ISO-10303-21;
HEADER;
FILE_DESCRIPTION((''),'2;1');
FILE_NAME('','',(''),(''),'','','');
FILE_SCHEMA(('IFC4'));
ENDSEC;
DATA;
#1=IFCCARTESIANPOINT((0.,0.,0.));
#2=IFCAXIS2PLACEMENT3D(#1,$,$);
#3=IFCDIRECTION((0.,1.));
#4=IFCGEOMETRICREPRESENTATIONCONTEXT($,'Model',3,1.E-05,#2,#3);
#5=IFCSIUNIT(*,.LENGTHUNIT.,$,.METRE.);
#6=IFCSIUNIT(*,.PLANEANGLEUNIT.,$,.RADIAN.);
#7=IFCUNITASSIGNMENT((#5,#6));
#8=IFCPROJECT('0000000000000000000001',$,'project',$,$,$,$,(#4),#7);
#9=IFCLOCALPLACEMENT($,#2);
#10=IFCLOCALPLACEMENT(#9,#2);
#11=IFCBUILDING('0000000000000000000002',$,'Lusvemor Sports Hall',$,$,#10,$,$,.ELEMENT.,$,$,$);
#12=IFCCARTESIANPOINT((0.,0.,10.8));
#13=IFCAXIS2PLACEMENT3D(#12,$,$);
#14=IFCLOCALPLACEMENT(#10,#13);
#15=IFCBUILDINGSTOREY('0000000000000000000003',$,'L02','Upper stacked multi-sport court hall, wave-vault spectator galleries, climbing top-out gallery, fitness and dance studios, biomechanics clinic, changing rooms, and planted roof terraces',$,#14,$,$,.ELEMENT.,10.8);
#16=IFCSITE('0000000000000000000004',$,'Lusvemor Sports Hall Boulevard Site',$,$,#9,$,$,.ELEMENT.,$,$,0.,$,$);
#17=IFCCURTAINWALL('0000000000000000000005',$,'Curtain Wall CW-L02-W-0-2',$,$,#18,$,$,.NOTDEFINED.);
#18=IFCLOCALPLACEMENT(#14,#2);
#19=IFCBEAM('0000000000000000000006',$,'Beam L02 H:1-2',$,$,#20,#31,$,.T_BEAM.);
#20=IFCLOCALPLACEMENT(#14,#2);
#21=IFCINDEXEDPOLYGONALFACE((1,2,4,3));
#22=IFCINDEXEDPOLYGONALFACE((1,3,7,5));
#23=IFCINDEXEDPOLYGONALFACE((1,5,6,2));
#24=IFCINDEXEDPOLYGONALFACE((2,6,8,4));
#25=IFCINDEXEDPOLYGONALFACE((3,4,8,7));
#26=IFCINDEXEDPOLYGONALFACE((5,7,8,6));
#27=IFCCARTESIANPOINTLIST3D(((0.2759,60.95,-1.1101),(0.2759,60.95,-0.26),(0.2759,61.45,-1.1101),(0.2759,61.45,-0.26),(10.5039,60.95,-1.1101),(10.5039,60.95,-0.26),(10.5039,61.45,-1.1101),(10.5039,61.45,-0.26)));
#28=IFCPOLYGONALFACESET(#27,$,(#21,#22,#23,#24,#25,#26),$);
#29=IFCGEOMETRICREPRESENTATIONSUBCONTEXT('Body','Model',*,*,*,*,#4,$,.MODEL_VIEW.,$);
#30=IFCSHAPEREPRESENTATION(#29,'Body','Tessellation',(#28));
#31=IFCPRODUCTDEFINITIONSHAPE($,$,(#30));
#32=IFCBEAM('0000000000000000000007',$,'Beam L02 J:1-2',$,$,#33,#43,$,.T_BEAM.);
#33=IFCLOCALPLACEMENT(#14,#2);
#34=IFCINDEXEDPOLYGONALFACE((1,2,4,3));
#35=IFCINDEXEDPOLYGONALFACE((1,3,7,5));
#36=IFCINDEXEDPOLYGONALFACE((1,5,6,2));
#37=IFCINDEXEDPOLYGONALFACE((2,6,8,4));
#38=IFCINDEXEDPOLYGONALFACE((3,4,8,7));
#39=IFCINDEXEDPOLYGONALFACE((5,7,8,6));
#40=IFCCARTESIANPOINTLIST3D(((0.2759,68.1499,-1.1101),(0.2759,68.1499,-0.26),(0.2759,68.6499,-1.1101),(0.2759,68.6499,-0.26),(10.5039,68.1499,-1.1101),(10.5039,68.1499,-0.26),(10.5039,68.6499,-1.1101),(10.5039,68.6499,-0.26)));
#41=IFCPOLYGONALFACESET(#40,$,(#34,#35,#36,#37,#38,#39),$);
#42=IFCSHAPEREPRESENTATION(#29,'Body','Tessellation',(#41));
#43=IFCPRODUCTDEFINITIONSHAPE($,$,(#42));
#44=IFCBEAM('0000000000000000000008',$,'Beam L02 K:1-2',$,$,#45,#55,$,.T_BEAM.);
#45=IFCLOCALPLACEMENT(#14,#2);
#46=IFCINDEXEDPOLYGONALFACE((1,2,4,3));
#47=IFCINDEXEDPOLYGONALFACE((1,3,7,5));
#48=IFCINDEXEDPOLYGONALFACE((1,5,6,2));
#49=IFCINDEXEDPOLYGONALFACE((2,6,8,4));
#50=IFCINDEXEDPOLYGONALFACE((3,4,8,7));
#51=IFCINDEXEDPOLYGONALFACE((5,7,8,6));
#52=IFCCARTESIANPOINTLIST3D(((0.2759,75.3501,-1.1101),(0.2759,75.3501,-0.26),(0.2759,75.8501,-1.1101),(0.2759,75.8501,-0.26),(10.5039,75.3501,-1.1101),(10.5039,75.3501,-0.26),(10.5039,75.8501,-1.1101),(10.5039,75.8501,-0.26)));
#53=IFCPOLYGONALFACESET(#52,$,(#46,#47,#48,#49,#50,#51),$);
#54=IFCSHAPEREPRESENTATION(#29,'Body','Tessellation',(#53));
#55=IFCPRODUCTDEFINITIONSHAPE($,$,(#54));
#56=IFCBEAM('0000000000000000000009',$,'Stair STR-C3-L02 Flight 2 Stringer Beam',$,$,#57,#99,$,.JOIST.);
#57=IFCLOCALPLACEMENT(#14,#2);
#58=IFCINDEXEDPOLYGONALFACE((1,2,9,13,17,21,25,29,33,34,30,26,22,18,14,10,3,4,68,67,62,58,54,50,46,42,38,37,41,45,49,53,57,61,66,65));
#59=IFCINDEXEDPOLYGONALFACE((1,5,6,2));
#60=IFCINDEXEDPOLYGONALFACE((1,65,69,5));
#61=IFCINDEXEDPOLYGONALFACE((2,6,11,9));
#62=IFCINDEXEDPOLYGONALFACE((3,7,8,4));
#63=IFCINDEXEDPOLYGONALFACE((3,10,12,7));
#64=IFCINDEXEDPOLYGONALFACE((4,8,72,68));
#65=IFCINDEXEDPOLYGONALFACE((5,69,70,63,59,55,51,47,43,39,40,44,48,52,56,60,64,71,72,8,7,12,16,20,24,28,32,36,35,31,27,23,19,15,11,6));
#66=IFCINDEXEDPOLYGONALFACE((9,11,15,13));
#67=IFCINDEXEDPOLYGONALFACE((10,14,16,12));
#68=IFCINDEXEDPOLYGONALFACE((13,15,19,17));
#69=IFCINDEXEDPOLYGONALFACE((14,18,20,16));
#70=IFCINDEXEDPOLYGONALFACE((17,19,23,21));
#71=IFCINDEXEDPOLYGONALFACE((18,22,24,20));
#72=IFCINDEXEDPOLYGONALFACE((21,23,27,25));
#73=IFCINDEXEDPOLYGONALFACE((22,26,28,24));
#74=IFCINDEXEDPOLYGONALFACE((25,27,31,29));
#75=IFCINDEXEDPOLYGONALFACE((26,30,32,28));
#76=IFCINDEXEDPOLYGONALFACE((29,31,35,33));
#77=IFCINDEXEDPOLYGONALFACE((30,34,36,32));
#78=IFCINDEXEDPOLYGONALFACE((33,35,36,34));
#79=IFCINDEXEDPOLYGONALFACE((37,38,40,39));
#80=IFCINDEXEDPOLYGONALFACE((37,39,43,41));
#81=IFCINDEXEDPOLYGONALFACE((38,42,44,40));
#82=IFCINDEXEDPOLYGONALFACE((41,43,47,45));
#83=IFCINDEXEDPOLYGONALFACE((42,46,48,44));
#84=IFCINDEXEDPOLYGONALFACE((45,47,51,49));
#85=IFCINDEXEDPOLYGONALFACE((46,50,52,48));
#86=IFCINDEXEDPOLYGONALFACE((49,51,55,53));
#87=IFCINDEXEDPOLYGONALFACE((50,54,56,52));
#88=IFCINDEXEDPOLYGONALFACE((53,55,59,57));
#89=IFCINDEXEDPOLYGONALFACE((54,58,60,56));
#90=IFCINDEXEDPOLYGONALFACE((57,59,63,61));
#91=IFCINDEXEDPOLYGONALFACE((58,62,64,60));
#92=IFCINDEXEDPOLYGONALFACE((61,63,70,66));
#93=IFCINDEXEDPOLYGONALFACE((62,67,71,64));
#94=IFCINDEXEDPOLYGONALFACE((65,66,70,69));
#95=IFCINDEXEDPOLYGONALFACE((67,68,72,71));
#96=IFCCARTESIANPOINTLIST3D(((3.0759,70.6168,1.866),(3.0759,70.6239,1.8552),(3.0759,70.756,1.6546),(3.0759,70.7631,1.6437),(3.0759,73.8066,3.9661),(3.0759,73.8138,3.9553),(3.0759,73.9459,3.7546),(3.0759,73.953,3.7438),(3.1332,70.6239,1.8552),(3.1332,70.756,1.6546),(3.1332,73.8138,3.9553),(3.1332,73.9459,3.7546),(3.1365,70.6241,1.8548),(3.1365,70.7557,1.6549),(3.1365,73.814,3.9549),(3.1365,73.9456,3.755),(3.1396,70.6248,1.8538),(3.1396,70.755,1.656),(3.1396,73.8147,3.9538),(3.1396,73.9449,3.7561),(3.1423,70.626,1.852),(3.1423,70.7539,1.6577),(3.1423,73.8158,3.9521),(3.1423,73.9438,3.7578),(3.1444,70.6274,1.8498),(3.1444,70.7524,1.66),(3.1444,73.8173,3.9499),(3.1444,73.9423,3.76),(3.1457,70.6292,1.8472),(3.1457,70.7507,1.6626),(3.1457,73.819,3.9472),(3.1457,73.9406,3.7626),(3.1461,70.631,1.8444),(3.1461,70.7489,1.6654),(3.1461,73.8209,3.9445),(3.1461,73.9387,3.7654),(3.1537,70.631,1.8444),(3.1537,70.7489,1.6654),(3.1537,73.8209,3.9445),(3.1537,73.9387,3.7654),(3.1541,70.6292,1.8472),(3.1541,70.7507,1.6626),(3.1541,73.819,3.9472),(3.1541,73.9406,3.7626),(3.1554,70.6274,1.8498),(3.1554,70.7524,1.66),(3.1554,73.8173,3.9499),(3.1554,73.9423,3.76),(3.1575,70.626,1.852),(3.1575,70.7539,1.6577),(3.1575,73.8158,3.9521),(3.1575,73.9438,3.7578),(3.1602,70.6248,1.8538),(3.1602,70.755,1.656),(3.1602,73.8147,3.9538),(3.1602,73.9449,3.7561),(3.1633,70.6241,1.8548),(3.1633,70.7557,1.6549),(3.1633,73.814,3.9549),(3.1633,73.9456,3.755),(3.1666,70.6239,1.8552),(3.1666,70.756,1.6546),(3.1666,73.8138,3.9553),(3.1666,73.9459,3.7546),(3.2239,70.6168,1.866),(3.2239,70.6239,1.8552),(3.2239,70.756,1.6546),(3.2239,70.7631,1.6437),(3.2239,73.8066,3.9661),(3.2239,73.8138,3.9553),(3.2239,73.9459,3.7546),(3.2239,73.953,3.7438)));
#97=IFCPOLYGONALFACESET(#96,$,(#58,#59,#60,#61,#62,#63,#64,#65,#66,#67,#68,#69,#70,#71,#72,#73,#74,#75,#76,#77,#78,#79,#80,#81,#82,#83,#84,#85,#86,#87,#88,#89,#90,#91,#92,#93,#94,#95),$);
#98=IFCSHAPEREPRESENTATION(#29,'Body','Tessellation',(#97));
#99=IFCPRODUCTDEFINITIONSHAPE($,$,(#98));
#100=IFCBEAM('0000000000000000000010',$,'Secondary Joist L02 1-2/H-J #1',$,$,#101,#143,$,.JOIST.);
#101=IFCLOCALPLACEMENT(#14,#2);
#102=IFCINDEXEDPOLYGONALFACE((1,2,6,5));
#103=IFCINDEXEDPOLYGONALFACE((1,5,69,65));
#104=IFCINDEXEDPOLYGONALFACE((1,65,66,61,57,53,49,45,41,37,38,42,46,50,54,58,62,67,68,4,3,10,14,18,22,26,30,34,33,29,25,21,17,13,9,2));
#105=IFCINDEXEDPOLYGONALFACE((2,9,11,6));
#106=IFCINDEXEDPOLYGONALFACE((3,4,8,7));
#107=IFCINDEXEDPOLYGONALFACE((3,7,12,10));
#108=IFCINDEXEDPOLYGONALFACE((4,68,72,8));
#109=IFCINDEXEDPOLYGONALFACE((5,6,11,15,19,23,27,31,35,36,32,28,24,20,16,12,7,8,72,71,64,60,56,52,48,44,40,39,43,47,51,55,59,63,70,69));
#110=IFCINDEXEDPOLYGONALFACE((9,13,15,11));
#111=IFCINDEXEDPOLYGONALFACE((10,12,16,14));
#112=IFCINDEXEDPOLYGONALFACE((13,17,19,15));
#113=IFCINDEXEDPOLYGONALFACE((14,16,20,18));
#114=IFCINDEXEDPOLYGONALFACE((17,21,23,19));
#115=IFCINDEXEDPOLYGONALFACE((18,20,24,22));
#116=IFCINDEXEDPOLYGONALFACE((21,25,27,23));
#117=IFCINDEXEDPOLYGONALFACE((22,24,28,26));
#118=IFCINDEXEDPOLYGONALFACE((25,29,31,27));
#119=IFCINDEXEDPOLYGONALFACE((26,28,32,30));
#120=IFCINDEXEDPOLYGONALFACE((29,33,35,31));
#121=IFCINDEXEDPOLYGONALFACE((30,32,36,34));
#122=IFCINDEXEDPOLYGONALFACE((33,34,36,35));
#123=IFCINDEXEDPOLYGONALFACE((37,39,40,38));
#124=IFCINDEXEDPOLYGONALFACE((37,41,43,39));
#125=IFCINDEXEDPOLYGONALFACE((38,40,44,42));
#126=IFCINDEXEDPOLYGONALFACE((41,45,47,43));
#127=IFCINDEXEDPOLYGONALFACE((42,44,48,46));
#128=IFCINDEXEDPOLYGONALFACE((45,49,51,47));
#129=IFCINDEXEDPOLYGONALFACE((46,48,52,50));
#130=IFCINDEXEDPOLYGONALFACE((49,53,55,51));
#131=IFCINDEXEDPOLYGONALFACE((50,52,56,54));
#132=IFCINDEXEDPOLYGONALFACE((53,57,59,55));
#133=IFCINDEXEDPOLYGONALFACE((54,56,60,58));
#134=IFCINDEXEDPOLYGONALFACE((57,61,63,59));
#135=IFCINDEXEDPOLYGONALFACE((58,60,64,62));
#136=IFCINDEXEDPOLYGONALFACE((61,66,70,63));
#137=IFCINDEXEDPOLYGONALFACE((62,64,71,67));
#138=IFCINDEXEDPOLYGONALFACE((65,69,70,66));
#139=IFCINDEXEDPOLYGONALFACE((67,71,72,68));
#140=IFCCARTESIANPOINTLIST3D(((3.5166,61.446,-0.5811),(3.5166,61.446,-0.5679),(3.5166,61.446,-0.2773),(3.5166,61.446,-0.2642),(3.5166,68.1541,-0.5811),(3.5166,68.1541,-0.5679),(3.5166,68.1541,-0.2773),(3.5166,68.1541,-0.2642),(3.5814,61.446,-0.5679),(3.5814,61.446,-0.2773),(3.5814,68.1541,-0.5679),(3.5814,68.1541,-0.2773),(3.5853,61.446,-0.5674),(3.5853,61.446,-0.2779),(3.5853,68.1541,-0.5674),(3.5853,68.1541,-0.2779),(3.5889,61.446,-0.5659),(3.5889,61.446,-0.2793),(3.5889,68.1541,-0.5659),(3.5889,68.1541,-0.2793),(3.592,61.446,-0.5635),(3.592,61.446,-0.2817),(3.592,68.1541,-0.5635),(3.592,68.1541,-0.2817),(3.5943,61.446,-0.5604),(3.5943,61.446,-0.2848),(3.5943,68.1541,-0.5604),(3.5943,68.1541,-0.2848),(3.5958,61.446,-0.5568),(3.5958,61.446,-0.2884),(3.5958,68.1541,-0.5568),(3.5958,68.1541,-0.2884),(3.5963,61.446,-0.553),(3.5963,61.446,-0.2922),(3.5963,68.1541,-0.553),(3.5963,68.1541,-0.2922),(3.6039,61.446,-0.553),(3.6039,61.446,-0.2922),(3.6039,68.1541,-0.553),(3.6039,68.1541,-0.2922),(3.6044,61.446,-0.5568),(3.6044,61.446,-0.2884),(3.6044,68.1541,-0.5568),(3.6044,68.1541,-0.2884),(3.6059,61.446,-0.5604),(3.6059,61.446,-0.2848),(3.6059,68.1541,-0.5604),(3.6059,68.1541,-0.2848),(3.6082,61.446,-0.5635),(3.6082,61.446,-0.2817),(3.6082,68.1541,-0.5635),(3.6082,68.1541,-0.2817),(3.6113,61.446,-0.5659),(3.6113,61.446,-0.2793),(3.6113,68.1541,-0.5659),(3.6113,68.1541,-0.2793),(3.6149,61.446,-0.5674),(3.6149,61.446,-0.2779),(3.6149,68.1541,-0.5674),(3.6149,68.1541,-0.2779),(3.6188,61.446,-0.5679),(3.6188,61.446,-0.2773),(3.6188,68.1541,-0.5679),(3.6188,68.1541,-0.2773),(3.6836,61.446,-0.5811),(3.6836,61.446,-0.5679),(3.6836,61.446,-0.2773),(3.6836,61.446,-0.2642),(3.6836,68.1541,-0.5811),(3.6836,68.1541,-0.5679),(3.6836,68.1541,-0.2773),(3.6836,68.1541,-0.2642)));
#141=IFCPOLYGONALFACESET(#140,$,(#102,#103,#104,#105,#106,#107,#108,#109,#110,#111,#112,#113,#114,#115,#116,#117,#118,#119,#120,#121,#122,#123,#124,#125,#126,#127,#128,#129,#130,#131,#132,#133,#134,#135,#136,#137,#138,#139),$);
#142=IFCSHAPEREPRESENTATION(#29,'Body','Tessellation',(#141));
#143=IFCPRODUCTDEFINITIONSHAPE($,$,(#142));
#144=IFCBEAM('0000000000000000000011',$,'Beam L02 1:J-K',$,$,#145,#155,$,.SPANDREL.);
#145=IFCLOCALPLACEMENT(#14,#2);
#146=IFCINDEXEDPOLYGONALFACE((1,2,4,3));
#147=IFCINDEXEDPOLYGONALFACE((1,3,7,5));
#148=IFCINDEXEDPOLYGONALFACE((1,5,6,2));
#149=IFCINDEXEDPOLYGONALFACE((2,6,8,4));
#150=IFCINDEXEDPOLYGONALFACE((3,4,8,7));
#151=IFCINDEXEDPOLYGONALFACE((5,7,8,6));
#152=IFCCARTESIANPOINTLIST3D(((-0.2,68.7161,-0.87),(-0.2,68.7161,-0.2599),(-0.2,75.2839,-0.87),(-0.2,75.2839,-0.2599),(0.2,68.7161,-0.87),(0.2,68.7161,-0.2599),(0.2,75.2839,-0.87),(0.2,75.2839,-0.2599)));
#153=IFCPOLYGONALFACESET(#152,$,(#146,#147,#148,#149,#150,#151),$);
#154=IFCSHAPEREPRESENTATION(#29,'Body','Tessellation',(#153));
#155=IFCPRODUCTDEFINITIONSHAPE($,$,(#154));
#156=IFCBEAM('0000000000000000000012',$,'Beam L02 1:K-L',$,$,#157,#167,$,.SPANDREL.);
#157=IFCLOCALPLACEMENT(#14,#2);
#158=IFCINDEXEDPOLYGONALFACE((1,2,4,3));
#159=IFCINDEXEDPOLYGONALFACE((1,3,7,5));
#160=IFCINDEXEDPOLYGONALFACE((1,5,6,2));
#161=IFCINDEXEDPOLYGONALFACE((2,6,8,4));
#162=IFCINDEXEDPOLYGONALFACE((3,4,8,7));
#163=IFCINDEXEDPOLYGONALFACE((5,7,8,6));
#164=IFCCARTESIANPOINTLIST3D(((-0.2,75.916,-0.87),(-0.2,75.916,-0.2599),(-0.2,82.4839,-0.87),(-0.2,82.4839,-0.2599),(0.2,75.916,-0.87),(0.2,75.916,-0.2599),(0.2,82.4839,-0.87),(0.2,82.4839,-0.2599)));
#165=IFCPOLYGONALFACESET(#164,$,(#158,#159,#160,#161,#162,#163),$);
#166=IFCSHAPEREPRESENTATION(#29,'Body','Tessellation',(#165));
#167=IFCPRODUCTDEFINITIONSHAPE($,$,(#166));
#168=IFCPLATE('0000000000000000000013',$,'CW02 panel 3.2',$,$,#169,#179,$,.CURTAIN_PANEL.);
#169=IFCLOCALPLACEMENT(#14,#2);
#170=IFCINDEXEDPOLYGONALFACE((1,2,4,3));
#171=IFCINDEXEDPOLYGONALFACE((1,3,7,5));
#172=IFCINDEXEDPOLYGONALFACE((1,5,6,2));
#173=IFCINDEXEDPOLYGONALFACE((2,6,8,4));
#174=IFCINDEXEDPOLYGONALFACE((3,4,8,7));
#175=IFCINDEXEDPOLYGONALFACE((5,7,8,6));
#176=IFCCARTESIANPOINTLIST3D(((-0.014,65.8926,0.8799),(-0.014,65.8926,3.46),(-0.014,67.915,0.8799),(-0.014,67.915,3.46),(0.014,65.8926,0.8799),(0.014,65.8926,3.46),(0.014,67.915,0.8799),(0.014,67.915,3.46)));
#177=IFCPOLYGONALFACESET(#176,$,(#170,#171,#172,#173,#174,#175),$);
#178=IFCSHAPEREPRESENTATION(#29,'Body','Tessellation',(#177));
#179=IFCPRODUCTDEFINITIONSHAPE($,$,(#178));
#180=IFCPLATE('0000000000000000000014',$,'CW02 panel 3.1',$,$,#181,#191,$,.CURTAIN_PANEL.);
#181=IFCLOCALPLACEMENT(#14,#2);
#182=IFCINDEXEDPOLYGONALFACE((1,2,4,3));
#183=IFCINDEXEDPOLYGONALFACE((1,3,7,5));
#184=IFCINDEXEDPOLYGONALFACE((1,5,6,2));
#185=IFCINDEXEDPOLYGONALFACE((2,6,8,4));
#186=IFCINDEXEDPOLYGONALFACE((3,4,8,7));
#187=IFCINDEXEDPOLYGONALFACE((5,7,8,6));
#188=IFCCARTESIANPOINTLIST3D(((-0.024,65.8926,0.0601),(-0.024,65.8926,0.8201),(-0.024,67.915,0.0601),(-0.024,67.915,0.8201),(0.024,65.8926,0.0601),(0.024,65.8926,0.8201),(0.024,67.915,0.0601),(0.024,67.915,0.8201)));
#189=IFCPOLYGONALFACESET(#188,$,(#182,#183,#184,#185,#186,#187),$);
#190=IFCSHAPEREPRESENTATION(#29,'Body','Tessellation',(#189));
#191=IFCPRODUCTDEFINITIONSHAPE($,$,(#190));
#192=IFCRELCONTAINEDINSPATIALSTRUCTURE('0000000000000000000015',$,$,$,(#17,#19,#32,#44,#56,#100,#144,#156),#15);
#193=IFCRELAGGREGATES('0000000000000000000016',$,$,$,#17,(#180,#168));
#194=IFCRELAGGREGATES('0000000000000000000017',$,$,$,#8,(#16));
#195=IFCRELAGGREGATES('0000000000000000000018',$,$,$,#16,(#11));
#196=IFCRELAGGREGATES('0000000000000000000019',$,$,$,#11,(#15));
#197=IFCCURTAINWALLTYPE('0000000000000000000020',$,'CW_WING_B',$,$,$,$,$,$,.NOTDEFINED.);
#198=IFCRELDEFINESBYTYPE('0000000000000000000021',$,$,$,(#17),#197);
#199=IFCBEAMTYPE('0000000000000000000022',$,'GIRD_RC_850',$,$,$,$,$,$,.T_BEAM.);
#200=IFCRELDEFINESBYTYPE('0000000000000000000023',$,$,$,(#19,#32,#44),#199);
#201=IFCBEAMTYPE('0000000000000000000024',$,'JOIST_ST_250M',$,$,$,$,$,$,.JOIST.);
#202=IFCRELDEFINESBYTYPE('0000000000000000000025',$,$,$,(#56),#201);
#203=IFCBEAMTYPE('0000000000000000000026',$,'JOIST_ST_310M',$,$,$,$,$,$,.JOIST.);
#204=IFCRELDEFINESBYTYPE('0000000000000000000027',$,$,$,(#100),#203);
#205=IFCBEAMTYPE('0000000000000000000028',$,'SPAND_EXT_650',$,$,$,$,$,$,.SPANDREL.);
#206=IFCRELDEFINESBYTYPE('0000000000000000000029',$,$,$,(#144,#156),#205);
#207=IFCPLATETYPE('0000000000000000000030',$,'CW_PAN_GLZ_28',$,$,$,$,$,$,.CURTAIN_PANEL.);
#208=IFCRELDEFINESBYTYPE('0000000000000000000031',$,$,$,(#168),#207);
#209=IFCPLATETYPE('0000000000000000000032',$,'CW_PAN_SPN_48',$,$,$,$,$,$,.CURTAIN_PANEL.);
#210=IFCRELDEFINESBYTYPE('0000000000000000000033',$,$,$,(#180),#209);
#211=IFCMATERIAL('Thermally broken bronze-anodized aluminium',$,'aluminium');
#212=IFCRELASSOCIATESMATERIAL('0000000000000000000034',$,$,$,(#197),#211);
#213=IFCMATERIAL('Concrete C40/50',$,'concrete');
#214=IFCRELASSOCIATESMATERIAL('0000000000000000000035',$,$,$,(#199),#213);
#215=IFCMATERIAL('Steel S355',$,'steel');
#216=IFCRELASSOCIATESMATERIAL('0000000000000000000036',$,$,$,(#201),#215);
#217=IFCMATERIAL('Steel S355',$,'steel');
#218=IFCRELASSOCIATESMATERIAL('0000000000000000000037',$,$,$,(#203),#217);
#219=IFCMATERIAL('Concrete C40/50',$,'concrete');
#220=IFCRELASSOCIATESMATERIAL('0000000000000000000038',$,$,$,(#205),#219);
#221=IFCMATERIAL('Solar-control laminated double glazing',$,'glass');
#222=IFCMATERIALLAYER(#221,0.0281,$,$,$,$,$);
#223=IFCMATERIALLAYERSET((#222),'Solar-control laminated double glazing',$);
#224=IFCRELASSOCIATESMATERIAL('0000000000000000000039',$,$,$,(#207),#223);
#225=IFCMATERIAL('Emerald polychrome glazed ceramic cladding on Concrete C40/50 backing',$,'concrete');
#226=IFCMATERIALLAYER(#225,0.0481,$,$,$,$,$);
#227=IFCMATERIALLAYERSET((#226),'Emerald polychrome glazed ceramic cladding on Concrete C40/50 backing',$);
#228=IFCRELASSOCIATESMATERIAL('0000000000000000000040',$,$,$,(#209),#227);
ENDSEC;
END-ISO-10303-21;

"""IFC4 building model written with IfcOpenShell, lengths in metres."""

from ifc_helpers import new_model, si_unit, direction, frame, origin, origin_2d, place, context, subcontext, project, spatial, rectangle, i_section, extrude, material, layer, layer_set, material_profile, profile_set, type_object, element, aggregate, save


model = new_model("IFC4")

# Units and contexts
model_context = context("Model", 3, precision=1e-05, world=origin(), true_north=direction((0.0, 1.0)))
body_context = subcontext(model_context, "Body", "Model", "MODEL_VIEW")
ifc_project = project(units=[si_unit("LENGTHUNIT", "METRE"), si_unit("PLANEANGLEUNIT", "RADIAN")], contexts=[model_context])

# Site, building, storey
site_placement = place(None, origin())
site = spatial("IfcSite", under=ifc_project, at=site_placement, Name="Lusvemor Sports Hall Boulevard Site", CompositionType="ELEMENT", RefElevation=0.0)
building_placement = place(site_placement, origin())
building = spatial("IfcBuilding", under=site, at=building_placement, Name="Lusvemor Sports Hall", CompositionType="ELEMENT")
storey_placement = place(building_placement, frame((0.0, 0.0, 10.8)))
storey = spatial("IfcBuildingStorey", under=building, at=storey_placement, Name="L02", Description="Upper stacked multi-sport court hall, wave-vault spectator galleries, climbing top-out gallery, fitness and dance studios, biomechanics clinic, changing rooms, and planted roof terraces", CompositionType="ELEMENT", Elevation=10.8)

# Curtain wall
ifc_material_1 = material(Name="Thermally broken bronze-anodized aluminium", Category="aluminium")
curtain_wall_type = type_object("IfcCurtainWallType", Name="CW_WING_B", PredefinedType="NOTDEFINED", material=ifc_material_1)
curtain_wall_placement = place(storey_placement, origin())
curtain_wall = element("IfcCurtainWall", 1, at=curtain_wall_placement, inside=storey, type_object=curtain_wall_type, Name="Curtain Wall CW-L02-W-0-2", PredefinedType="NOTDEFINED")

# Beams
ifc_material_2 = material(Name="Concrete C40/50", Category="concrete")
ifc_material_profile_1 = material_profile(ifc_material_2, rectangle(XDim=0.5, YDim=0.8501, at=origin_2d()), Name="RC500x850")
ifc_profile_set_1 = profile_set([ifc_material_profile_1], Name="Concrete C40/50")
beam_type_1 = type_object("IfcBeamType", Name="GIRD_RC_850", PredefinedType="T_BEAM", material=ifc_profile_set_1)
for number, where, z_axis, x_axis, name in (
    (2, (0.2759, 61.2, -0.6851), (1.0, 0.0, 0.0), (0.0, 1.0, 0.0), "Beam L02 H:1-2"),
    (3, (0.2759, 68.3999, -0.6851), (1.0, 0.0, 0.0), (0.0, 1.0, 0.0), "Beam L02 J:1-2"),
    (4, (0.2759, 75.6001, -0.6851), (1.0, 0.0, 0.0), (0.0, 1.0, 0.0), "Beam L02 K:1-2"),
):
    element("IfcBeam", number, at=place(storey_placement, frame(where, z_axis=z_axis, x_axis=x_axis)), inside=storey, type_object=beam_type_1, Name=name, PredefinedType="T_BEAM", context=body_context, shape_type="SweptSolid", body=[
        extrude(rectangle(XDim=0.5, YDim=0.8501, at=origin_2d()), origin(), (0.0, 0.0, 1.0), 10.228),
    ])
ifc_material_3 = material(Name="Steel S355", Category="steel")
ifc_material_profile_2 = material_profile(ifc_material_3, i_section(OverallWidth=0.1479, OverallDepth=0.2661, WebThickness=0.0076, FlangeThickness=0.0129, FilletRadius=0.0129, at=origin_2d()), Name="W250x44.8")
ifc_profile_set_2 = profile_set([ifc_material_profile_2], Name="Steel S355")
beam_type_2 = type_object("IfcBeamType", Name="JOIST_ST_250M", PredefinedType="JOIST", material=ifc_profile_set_2)
beam_1_placement = place(storey_placement, frame((3.1499, 70.6899, 1.7549), z_axis=(0.0, 0.835242, 0.549882), x_axis=(-1.0, 0.0, 0.0)))
element("IfcBeam", 5, at=beam_1_placement, inside=storey, type_object=beam_type_2, Name="Stair STR-C3-L02 Flight 2 Stringer Beam", PredefinedType="JOIST", context=body_context, shape_type="SweptSolid", body=[
    extrude(i_section(OverallWidth=0.1479, OverallDepth=0.2661, WebThickness=0.0076, FlangeThickness=0.0129, FilletRadius=0.0129, at=origin_2d()), origin(), (0.0, 0.0, 1.0), 3.8191),
])
ifc_material_4 = material(Name="Steel S355", Category="steel")
ifc_material_profile_3 = material_profile(ifc_material_4, i_section(OverallWidth=0.167, OverallDepth=0.3169, WebThickness=0.0076, FlangeThickness=0.0132, FilletRadius=0.0149, at=origin_2d()), Name="W310x52.0")
ifc_profile_set_3 = profile_set([ifc_material_profile_3], Name="Steel S355")
beam_type_3 = type_object("IfcBeamType", Name="JOIST_ST_310M", PredefinedType="JOIST", material=ifc_profile_set_3)
beam_2_placement = place(storey_placement, frame((3.6001, 61.446, -0.4226), z_axis=(0.0, 1.0, 0.0), x_axis=(-1.0, 0.0, 0.0)))
element("IfcBeam", 6, at=beam_2_placement, inside=storey, type_object=beam_type_3, Name="Secondary Joist L02 1-2/H-J #1", PredefinedType="JOIST", context=body_context, shape_type="SweptSolid", body=[
    extrude(i_section(OverallWidth=0.167, OverallDepth=0.3169, WebThickness=0.0076, FlangeThickness=0.0132, FilletRadius=0.0149, at=origin_2d()), origin(), (0.0, 0.0, 1.0), 6.708),
])
ifc_material_5 = material(Name="Concrete C40/50", Category="concrete")
ifc_material_profile_4 = material_profile(ifc_material_5, rectangle(XDim=0.3999, YDim=0.6101, at=origin_2d()), Name="RC400x610")
ifc_profile_set_4 = profile_set([ifc_material_profile_4], Name="Concrete C40/50")
beam_type_4 = type_object("IfcBeamType", Name="SPAND_EXT_650", PredefinedType="SPANDREL", material=ifc_profile_set_4)
for number, where, z_axis, x_axis, name in (
    (7, (0.0, 68.7161, -0.5649), (0.0, 1.0, 0.0), (-1.0, 0.0, 0.0), "Beam L02 1:J-K"),
    (8, (0.0, 75.916, -0.5649), (0.0, 1.0, 0.0), (-1.0, 0.0, 0.0), "Beam L02 1:K-L"),
):
    element("IfcBeam", number, at=place(storey_placement, frame(where, z_axis=z_axis, x_axis=x_axis)), inside=storey, type_object=beam_type_4, Name=name, PredefinedType="SPANDREL", context=body_context, shape_type="SweptSolid", body=[
        extrude(rectangle(XDim=0.3999, YDim=0.6101, at=origin_2d()), origin(), (0.0, 0.0, 1.0), 6.5679),
    ])

# Plates
ifc_material_6 = material(Name="Solar-control laminated double glazing", Category="glass")
ifc_layer_1 = layer(ifc_material_6, 0.0281)
ifc_layer_set_1 = layer_set([ifc_layer_1], Name="Solar-control laminated double glazing")
plate_type_1 = type_object("IfcPlateType", Name="CW_PAN_GLZ_28", PredefinedType="CURTAIN_PANEL", material=ifc_layer_set_1)
plate_1_placement = place(storey_placement, frame((0.0, 66.9038, 0.8799), z_axis=(0.0, 0.0, 1.0), x_axis=(0.0, 1.0, 0.0)))
plate_1 = element("IfcPlate", 9, at=plate_1_placement, type_object=plate_type_1, Name="CW02 panel 3.2", PredefinedType="CURTAIN_PANEL", context=body_context, shape_type="SweptSolid", body=[
    extrude(rectangle(XDim=2.0225, YDim=0.0281, at=origin_2d()), origin(), (0.0, 0.0, 1.0), 2.5801),
])
ifc_material_7 = material(Name="Emerald polychrome glazed ceramic cladding on Concrete C40/50 backing", Category="concrete")
ifc_layer_2 = layer(ifc_material_7, 0.0481)
ifc_layer_set_2 = layer_set([ifc_layer_2], Name="Emerald polychrome glazed ceramic cladding on Concrete C40/50 backing")
plate_type_2 = type_object("IfcPlateType", Name="CW_PAN_SPN_48", PredefinedType="CURTAIN_PANEL", material=ifc_layer_set_2)
plate_2_placement = place(storey_placement, frame((0.0, 66.9038, 0.0601), z_axis=(0.0, 0.0, 1.0), x_axis=(0.0, 1.0, 0.0)))
plate_2 = element("IfcPlate", 10, at=plate_2_placement, type_object=plate_type_2, Name="CW02 panel 3.1", PredefinedType="CURTAIN_PANEL", context=body_context, shape_type="SweptSolid", body=[
    extrude(rectangle(XDim=2.0225, YDim=0.0481, at=origin_2d()), origin(), (0.0, 0.0, 1.0), 0.76),
])
aggregate(curtain_wall, [plate_2, plate_1])

save(model, "model.ifc")
